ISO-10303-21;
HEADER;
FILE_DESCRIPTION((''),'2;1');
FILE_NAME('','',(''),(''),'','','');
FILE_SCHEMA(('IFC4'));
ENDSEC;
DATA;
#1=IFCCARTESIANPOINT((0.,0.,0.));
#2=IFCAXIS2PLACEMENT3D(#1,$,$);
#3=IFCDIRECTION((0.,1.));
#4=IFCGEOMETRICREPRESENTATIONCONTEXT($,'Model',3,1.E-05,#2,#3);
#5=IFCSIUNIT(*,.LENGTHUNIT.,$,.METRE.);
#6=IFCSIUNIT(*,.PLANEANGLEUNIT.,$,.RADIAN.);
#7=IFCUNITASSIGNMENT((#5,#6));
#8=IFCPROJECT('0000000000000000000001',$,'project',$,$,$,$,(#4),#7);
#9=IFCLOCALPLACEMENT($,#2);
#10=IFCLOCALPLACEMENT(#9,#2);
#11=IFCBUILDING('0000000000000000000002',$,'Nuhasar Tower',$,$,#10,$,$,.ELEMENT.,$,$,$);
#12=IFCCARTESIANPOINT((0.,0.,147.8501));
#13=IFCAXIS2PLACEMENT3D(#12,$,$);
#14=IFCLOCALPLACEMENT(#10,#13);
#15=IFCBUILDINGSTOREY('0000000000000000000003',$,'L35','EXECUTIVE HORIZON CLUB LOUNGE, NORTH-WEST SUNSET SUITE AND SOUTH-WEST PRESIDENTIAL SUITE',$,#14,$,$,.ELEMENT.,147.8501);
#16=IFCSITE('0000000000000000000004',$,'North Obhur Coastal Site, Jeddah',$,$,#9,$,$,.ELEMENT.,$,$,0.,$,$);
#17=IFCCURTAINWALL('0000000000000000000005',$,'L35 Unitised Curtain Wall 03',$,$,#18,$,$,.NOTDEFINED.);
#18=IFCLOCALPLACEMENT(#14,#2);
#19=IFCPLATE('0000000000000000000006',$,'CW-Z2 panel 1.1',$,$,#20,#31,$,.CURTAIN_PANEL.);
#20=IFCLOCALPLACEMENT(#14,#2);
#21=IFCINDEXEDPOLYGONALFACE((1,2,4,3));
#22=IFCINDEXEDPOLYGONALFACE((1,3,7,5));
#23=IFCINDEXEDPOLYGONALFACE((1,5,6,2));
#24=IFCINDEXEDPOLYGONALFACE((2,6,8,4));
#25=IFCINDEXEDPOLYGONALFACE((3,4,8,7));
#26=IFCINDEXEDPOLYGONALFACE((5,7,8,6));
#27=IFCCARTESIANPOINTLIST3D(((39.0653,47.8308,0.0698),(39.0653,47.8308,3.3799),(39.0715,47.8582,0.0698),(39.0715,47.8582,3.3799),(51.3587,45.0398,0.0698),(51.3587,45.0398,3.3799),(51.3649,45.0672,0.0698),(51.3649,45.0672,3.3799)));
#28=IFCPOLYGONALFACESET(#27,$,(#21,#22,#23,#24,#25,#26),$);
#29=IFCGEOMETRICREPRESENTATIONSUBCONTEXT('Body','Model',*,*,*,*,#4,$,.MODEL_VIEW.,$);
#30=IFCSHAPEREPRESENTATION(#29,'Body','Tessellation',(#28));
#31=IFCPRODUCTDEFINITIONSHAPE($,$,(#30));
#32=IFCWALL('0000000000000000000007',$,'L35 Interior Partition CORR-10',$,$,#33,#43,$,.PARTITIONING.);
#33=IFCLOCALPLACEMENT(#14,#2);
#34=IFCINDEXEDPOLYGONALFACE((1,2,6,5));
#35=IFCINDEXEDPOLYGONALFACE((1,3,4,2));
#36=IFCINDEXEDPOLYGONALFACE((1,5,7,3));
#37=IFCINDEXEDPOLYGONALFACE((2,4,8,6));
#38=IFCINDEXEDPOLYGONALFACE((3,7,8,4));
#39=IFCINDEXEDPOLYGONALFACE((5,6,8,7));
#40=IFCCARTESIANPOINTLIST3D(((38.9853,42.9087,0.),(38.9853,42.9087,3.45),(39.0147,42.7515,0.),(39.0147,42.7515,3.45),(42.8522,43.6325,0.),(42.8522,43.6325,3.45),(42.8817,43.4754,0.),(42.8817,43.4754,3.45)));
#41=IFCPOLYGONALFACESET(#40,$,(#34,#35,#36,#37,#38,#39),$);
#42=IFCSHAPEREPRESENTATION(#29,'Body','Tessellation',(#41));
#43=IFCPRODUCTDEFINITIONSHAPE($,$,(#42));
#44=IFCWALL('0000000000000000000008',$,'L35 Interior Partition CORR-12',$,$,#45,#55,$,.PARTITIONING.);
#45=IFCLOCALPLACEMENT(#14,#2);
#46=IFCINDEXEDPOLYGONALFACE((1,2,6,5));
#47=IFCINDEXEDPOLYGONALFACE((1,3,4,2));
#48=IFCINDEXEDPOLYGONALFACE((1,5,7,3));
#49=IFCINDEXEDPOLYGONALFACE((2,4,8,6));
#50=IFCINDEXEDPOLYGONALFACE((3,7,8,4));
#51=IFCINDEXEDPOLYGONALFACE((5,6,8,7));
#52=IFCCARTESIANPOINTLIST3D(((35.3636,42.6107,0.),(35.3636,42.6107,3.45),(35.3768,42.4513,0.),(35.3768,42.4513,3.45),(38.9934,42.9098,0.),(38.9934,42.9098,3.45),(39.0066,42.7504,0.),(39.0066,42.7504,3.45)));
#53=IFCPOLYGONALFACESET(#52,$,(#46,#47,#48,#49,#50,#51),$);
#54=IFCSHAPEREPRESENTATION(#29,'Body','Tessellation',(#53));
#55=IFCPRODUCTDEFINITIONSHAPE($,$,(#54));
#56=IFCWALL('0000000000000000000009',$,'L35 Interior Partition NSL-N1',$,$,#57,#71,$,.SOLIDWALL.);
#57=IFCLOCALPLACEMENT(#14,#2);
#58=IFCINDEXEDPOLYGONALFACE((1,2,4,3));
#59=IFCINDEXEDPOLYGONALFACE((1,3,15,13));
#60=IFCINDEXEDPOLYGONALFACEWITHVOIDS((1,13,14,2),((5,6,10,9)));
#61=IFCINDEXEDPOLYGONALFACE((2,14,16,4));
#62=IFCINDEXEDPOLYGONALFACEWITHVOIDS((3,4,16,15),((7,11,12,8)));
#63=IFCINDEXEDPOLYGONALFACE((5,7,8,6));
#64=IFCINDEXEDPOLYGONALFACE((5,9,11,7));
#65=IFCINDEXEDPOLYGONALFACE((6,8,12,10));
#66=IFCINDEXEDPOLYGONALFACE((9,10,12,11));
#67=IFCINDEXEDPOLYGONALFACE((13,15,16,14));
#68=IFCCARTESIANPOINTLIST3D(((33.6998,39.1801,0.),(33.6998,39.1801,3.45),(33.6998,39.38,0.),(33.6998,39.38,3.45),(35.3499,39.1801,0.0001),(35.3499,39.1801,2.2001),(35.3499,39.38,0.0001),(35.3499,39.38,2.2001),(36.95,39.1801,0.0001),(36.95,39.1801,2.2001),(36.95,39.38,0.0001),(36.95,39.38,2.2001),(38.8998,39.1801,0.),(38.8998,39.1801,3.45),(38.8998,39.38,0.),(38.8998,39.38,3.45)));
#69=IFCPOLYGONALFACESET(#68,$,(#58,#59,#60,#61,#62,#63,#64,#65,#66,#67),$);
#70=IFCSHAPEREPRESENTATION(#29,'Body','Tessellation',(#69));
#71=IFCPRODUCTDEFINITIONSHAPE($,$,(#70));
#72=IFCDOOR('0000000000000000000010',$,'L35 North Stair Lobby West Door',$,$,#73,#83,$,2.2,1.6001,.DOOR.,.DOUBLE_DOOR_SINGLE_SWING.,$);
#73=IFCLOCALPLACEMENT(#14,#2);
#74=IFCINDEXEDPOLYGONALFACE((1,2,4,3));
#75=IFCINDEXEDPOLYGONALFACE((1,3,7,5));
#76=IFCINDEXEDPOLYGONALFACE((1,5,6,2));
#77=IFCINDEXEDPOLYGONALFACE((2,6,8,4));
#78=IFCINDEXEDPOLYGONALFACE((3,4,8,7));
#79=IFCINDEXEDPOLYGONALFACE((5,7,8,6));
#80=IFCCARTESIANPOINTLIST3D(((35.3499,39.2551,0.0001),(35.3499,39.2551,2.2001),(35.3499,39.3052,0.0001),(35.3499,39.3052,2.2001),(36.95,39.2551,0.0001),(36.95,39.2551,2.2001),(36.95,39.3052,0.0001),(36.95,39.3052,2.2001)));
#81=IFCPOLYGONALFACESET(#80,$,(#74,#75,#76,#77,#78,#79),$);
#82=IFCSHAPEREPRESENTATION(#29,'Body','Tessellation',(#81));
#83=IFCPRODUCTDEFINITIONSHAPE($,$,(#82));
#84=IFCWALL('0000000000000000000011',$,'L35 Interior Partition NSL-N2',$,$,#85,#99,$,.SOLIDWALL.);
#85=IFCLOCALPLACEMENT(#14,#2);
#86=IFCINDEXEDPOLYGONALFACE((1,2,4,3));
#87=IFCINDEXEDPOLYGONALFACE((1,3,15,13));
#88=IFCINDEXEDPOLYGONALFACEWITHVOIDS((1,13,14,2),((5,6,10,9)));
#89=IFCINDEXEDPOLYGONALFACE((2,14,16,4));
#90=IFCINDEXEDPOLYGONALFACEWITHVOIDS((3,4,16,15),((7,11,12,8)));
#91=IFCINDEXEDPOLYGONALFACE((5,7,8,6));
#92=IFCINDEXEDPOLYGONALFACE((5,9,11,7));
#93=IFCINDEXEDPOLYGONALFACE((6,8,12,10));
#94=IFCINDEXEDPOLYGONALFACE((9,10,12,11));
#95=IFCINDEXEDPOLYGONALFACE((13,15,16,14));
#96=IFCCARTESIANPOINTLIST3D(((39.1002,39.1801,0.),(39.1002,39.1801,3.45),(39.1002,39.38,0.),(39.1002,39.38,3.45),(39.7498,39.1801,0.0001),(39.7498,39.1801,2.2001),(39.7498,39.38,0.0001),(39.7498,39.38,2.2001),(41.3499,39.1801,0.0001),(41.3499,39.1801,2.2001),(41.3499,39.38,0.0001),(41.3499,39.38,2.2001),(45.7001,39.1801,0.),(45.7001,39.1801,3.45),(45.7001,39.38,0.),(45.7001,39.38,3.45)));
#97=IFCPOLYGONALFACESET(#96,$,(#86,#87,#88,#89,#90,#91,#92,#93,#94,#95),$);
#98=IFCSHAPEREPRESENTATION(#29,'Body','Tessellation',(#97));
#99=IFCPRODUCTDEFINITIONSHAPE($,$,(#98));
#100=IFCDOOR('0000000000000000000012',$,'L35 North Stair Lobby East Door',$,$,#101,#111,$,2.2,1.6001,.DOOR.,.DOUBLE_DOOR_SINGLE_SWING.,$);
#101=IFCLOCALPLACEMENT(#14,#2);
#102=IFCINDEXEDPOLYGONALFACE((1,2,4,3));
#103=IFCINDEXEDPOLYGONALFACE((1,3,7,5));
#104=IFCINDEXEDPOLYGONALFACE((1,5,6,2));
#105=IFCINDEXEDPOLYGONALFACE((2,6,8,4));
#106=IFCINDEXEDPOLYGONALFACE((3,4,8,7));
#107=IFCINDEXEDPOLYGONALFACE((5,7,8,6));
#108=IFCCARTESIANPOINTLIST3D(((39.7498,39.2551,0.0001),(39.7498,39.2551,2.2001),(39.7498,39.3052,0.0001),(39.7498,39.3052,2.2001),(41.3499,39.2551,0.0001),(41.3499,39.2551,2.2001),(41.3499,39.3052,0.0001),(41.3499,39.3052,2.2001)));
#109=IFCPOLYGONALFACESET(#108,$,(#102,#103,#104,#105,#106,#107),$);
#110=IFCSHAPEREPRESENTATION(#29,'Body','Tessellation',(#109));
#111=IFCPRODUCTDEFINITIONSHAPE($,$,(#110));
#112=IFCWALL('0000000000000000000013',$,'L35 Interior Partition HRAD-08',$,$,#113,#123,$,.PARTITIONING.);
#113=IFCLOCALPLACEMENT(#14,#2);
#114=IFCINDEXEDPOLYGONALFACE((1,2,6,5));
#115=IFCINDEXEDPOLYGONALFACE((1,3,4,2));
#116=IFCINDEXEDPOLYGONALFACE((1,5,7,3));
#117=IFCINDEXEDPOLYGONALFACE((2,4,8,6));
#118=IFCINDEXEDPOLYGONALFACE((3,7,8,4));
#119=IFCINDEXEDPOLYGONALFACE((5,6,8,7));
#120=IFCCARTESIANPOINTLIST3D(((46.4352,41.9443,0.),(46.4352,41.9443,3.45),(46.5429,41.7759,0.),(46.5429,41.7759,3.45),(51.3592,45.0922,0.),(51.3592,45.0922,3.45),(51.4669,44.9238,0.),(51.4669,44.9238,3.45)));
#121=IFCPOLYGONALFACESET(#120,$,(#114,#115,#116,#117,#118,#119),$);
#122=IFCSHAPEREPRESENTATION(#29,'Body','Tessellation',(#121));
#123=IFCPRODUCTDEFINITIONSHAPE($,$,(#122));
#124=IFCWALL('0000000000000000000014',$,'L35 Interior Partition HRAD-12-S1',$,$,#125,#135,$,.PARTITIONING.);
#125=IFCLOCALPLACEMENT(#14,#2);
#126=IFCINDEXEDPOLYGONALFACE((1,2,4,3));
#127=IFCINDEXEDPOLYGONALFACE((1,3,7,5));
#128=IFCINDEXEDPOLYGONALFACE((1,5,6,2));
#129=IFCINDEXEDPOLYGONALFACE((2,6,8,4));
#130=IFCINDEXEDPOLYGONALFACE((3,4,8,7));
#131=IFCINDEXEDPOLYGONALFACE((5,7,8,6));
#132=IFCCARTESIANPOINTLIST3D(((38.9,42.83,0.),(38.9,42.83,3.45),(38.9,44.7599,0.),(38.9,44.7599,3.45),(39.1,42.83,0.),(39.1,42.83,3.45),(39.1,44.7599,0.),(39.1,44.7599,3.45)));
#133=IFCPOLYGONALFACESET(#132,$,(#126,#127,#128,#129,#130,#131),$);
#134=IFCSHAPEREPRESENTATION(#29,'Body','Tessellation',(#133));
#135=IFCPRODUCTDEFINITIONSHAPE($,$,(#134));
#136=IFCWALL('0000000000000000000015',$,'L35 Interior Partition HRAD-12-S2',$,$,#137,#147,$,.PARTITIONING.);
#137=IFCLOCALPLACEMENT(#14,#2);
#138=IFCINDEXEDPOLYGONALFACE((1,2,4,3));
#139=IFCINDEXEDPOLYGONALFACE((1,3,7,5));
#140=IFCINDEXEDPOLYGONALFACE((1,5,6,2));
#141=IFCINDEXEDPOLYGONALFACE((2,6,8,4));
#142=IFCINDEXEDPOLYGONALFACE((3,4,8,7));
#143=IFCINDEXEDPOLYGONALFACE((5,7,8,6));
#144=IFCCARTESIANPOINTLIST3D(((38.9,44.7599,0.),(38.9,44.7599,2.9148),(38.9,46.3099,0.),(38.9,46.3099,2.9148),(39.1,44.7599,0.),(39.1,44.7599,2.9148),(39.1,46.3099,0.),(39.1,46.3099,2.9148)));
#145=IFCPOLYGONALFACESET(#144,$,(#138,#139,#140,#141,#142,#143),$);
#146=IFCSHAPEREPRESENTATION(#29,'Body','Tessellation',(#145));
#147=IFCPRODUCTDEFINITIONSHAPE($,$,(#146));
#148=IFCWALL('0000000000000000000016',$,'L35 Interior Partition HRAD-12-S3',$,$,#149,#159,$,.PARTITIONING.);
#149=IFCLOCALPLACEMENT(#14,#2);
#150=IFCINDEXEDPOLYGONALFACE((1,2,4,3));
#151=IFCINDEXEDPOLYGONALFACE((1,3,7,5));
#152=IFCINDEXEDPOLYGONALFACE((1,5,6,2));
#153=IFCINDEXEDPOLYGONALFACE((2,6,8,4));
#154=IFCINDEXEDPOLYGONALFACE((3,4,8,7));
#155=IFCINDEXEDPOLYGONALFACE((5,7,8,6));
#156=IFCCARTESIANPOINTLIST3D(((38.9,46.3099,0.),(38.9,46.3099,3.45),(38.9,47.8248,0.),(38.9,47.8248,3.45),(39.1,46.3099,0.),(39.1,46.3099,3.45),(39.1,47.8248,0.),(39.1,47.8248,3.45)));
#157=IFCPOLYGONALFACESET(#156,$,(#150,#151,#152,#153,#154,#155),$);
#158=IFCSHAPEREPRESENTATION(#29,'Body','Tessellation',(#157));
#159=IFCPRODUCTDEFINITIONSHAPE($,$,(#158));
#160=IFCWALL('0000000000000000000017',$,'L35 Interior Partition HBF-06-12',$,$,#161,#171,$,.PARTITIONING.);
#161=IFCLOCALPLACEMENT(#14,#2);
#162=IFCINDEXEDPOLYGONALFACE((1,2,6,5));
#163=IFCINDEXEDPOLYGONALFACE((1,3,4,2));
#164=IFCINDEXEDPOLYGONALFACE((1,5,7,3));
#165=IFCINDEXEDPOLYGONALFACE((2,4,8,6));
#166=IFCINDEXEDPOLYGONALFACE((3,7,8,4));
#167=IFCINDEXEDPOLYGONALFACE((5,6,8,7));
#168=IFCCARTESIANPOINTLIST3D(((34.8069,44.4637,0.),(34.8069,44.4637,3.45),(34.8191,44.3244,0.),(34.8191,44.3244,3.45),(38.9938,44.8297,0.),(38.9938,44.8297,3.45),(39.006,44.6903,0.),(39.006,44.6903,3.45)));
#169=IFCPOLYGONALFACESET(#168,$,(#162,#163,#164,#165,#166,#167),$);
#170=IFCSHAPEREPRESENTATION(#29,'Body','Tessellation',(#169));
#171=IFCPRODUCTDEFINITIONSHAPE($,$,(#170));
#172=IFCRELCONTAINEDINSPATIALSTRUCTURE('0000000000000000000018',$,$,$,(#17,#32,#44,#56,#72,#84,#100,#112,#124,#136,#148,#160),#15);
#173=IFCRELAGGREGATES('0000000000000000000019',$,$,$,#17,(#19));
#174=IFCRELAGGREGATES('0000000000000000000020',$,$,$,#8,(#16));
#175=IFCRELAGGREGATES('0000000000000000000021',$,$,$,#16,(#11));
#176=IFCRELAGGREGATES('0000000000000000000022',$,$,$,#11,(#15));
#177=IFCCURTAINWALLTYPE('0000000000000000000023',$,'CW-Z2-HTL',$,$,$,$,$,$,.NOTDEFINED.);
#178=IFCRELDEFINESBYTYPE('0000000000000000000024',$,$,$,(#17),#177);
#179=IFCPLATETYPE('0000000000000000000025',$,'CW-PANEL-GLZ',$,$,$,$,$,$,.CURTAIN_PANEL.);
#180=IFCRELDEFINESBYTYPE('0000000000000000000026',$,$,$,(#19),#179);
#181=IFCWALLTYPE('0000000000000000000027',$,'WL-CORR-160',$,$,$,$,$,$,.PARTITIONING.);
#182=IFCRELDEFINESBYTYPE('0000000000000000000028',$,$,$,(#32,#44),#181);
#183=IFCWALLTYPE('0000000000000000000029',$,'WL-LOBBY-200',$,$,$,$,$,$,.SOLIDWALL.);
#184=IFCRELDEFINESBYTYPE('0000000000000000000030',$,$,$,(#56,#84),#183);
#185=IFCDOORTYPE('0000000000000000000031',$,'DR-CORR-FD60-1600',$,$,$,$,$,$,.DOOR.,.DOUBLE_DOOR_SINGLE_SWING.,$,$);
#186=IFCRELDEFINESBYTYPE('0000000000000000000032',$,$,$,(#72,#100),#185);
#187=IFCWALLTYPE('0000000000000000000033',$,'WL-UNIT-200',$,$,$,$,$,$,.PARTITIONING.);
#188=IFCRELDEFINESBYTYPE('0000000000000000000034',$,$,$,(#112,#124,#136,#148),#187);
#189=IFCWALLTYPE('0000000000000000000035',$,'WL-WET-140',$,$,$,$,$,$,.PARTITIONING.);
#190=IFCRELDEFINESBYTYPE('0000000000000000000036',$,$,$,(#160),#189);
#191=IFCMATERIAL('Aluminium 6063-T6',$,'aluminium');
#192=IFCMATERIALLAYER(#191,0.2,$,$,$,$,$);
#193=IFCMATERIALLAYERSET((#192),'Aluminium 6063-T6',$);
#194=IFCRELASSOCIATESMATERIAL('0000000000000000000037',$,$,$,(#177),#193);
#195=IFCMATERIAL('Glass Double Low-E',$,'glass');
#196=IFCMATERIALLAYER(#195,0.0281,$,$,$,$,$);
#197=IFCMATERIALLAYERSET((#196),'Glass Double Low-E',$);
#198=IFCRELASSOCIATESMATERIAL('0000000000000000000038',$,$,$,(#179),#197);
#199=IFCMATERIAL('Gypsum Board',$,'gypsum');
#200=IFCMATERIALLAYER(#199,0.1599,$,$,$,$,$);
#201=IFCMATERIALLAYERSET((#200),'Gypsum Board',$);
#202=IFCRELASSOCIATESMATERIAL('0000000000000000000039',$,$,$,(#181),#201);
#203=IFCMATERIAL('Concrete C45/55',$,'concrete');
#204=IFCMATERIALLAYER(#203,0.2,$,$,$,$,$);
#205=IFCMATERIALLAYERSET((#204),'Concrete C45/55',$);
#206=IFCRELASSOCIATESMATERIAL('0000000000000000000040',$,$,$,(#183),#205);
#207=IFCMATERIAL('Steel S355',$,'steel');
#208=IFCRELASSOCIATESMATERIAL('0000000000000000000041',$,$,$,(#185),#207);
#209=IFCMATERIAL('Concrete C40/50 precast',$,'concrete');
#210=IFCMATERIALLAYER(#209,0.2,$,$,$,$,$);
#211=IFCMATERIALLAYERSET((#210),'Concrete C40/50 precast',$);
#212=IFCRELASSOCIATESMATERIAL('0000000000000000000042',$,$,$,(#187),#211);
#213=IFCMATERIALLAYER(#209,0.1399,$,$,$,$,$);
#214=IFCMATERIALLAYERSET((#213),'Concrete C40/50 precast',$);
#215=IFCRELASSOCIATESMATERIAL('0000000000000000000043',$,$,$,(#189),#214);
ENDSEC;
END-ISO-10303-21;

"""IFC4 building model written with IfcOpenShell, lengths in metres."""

from ifc_helpers import new_model, si_unit, direction, frame, frame_2d, origin, origin_2d, place, context, subcontext, project, spatial, rectangle, extrude, material, layer, layer_set, type_object, element, fill, aggregate, save


model = new_model("IFC4")

# Units and contexts
model_context = context("Model", 3, precision=1e-05, world=origin(), true_north=direction((0.0, 1.0)))
body_context = subcontext(model_context, "Body", "Model", "MODEL_VIEW")
ifc_project = project(units=[si_unit("LENGTHUNIT", "METRE"), si_unit("PLANEANGLEUNIT", "RADIAN")], contexts=[model_context])

# Site, building, storey
site_placement = place(None, origin())
site = spatial("IfcSite", under=ifc_project, at=site_placement, Name="North Obhur Coastal Site, Jeddah", CompositionType="ELEMENT", RefElevation=0.0)
building_placement = place(site_placement, origin())
building = spatial("IfcBuilding", under=site, at=building_placement, Name="Nuhasar Tower", CompositionType="ELEMENT")
storey_placement = place(building_placement, frame((0.0, 0.0, 147.8501)))
storey = spatial("IfcBuildingStorey", under=building, at=storey_placement, Name="L35", Description="EXECUTIVE HORIZON CLUB LOUNGE, NORTH-WEST SUNSET SUITE AND SOUTH-WEST PRESIDENTIAL SUITE", CompositionType="ELEMENT", Elevation=147.8501)

# Shared definitions
ifc_material_1 = material(Name="Steel S355", Category="steel")

# Curtain wall
ifc_material_2 = material(Name="Aluminium 6063-T6", Category="aluminium")
ifc_layer_1 = layer(ifc_material_2, 0.2)
ifc_layer_set_1 = layer_set([ifc_layer_1], Name="Aluminium 6063-T6")
curtain_wall_type = type_object("IfcCurtainWallType", Name="CW-Z2-HTL", PredefinedType="NOTDEFINED", material=ifc_layer_set_1)
curtain_wall_1_placement = place(storey_placement, origin())
curtain_wall_1 = element("IfcCurtainWall", 1, at=curtain_wall_1_placement, inside=storey, type_object=curtain_wall_type, Name="L35 Unitised Curtain Wall 03", PredefinedType="NOTDEFINED")

# Plate
ifc_material_3 = material(Name="Glass Double Low-E", Category="glass")
ifc_layer_2 = layer(ifc_material_3, 0.0281)
ifc_layer_set_2 = layer_set([ifc_layer_2], Name="Glass Double Low-E")
plate_type = type_object("IfcPlateType", Name="CW-PANEL-GLZ", PredefinedType="CURTAIN_PANEL", material=ifc_layer_set_2)
plate_placement = place(storey_placement, frame((45.2151, 46.449, 0.0698), z_axis=(0.0, 0.0, 1.0), x_axis=(-0.975184, 0.221397, 0.0)))
plate = element("IfcPlate", 2, at=plate_placement, type_object=plate_type, Name="CW-Z2 panel 1.1", PredefinedType="CURTAIN_PANEL", context=body_context, shape_type="SweptSolid", body=[
    extrude(rectangle(XDim=12.6062, YDim=0.0281, at=origin_2d()), origin(), (0.0, 0.0, 1.0), 3.3101),
])
aggregate(curtain_wall_1, [plate])

# Shared definitions
ifc_material_4 = material(Name="Gypsum Board", Category="gypsum")
ifc_layer_3 = layer(ifc_material_4, 0.1599)
ifc_layer_set_3 = layer_set([ifc_layer_3], Name="Gypsum Board")
wall_type_1 = type_object("IfcWallType", Name="WL-CORR-160", PredefinedType="PARTITIONING", material=ifc_layer_set_3)

# Walls
wall_1_placement = place(storey_placement, frame((42.8669, 43.554, 0.0), z_axis=(0.0, 0.0, 1.0), x_axis=(-0.982926, -0.184, 0.0)))
element("IfcWall", 3, at=wall_1_placement, inside=storey, type_object=wall_type_1, Name="L35 Interior Partition CORR-10", PredefinedType="PARTITIONING", context=body_context, shape_type="SweptSolid", body=[
    extrude(rectangle(XDim=3.9341, YDim=0.1599, at=frame_2d((1.967, 0.0))), origin(), (0.0, 0.0, 1.0), 3.45),
])
wall_2_placement = place(storey_placement, frame((39.0, 42.8301, 0.0), z_axis=(0.0, 0.0, 1.0), x_axis=(-0.996623, -0.082113, 0.0)))
element("IfcWall", 4, at=wall_2_placement, inside=storey, type_object=wall_type_1, Name="L35 Interior Partition CORR-12", PredefinedType="PARTITIONING", context=body_context, shape_type="SweptSolid", body=[
    extrude(rectangle(XDim=3.6421, YDim=0.1599, at=frame_2d((1.821, 0.0))), origin(), (0.0, 0.0, 1.0), 3.45),
])

# Walls, openings, doors
ifc_material_5 = material(Name="Concrete C45/55", Category="concrete")
ifc_layer_4 = layer(ifc_material_5, 0.2)
ifc_layer_set_4 = layer_set([ifc_layer_4], Name="Concrete C45/55")
wall_type_2 = type_object("IfcWallType", Name="WL-LOBBY-200", PredefinedType="SOLIDWALL", material=ifc_layer_set_4)
wall_3_placement = place(storey_placement, frame((38.8999, 39.28, 0.0), z_axis=(0.0, 0.0, 1.0), x_axis=(-1.0, 0.0, 0.0)))
wall_3 = element("IfcWall", 5, at=wall_3_placement, inside=storey, type_object=wall_type_2, Name="L35 Interior Partition NSL-N1", PredefinedType="SOLIDWALL", context=body_context, shape_type="SweptSolid", body=[
    extrude(rectangle(XDim=5.2, YDim=0.2, at=frame_2d((2.6001, 0.0))), origin(), (0.0, 0.0, 1.0), 3.45),
])
opening_1_placement = place(wall_3_placement, frame((1.95, 0.0, 0.0)))
opening_1 = element("IfcOpeningElement", 6, at=opening_1_placement, cuts=wall_3, PredefinedType="OPENING", context=body_context, shape_type="SweptSolid", body=[
    extrude(rectangle(XDim=1.6001, YDim=2.2, at=frame_2d((0.8, 1.1001))), frame((0.0, 0.1099, 0.0), z_axis=(0.0, -1.0, 0.0), x_axis=(1.0, 0.0, 0.0)), (0.0, 0.0, 1.0), 0.22),
])
door_type_1 = type_object("IfcDoorType", Name="DR-CORR-FD60-1600", OperationType="DOUBLE_DOOR_SINGLE_SWING", PredefinedType="DOOR", material=ifc_material_1)
door_1_placement = place(opening_1_placement, origin())
door_1 = element("IfcDoor", 7, at=door_1_placement, inside=storey, type_object=door_type_1, Name="L35 North Stair Lobby West Door", OperationType="DOUBLE_DOOR_SINGLE_SWING", OverallHeight=2.2, OverallWidth=1.6001, PredefinedType="DOOR", context=body_context, shape_type="SweptSolid", body=[
    extrude(rectangle(XDim=1.6001, YDim=2.2, at=frame_2d((0.8, 1.1001))), frame((0.0, 0.0249, 0.0), z_axis=(0.0, -1.0, 0.0), x_axis=(1.0, 0.0, 0.0)), (0.0, 0.0, 1.0), 0.05),
])
fill(opening_1, door_1)
wall_4_placement = place(storey_placement, frame((45.7, 39.28, 0.0), z_axis=(0.0, 0.0, 1.0), x_axis=(-1.0, 0.0, 0.0)))
wall_4 = element("IfcWall", 8, at=wall_4_placement, inside=storey, type_object=wall_type_2, Name="L35 Interior Partition NSL-N2", PredefinedType="SOLIDWALL", context=body_context, shape_type="SweptSolid", body=[
    extrude(rectangle(XDim=6.5999, YDim=0.2, at=frame_2d((3.2998, 0.0))), origin(), (0.0, 0.0, 1.0), 3.45),
])
opening_2_placement = place(wall_4_placement, frame((4.3501, 0.0, 0.0)))
opening_2 = element("IfcOpeningElement", 9, at=opening_2_placement, cuts=wall_4, PredefinedType="OPENING", context=body_context, shape_type="SweptSolid", body=[
    extrude(rectangle(XDim=1.6001, YDim=2.2, at=frame_2d((0.8, 1.1001))), frame((0.0, 0.1099, 0.0), z_axis=(0.0, -1.0, 0.0), x_axis=(1.0, 0.0, 0.0)), (0.0, 0.0, 1.0), 0.22),
])
door_2_placement = place(opening_2_placement, origin())
door_2 = element("IfcDoor", 10, at=door_2_placement, inside=storey, type_object=door_type_1, Name="L35 North Stair Lobby East Door", OperationType="DOUBLE_DOOR_SINGLE_SWING", OverallHeight=2.2, OverallWidth=1.6001, PredefinedType="DOOR", context=body_context, shape_type="SweptSolid", body=[
    extrude(rectangle(XDim=1.6001, YDim=2.2, at=frame_2d((0.8, 1.1001))), frame((0.0, 0.0249, 0.0), z_axis=(0.0, -1.0, 0.0), x_axis=(1.0, 0.0, 0.0)), (0.0, 0.0, 1.0), 0.05),
])
fill(opening_2, door_2)

# Walls
ifc_material_6 = material(Name="Concrete C40/50 precast", Category="concrete")
ifc_layer_5 = layer(ifc_material_6, 0.2)
ifc_layer_set_5 = layer_set([ifc_layer_5], Name="Concrete C40/50 precast")
wall_type_3 = type_object("IfcWallType", Name="WL-UNIT-200", PredefinedType="PARTITIONING", material=ifc_layer_set_5)
wall_5_placement = place(storey_placement, frame((46.489, 41.8601, 0.0), z_axis=(0.0, 0.0, 1.0), x_axis=(0.84254, 0.538634, 0.0)))
element("IfcWall", 11, at=wall_5_placement, inside=storey, type_object=wall_type_3, Name="L35 Interior Partition HRAD-08", PredefinedType="PARTITIONING", context=body_context, shape_type="SweptSolid", body=[
    extrude(rectangle(XDim=5.8442, YDim=0.2, at=frame_2d((2.9221, 0.0))), origin(), (0.0, 0.0, 1.0), 3.45),
])
wall_6_placement = place(storey_placement, frame((39.0, 42.8301, 0.0), z_axis=(0.0, 0.0, 1.0), x_axis=(0.0, 1.0, 0.0)))
element("IfcWall", 12, at=wall_6_placement, inside=storey, type_object=wall_type_3, Name="L35 Interior Partition HRAD-12-S1", PredefinedType="PARTITIONING", context=body_context, shape_type="SweptSolid", body=[
    extrude(rectangle(XDim=1.9299, YDim=0.2, at=frame_2d((0.9648, 0.0))), origin(), (0.0, 0.0, 1.0), 3.45),
])
wall_7_placement = place(storey_placement, frame((39.0, 44.76, 0.0), z_axis=(0.0, 0.0, 1.0), x_axis=(0.0, 1.0, 0.0)))
element("IfcWall", 13, at=wall_7_placement, inside=storey, type_object=wall_type_3, Name="L35 Interior Partition HRAD-12-S2", PredefinedType="PARTITIONING", context=body_context, shape_type="SweptSolid", body=[
    extrude(rectangle(XDim=1.55, YDim=0.2, at=frame_2d((0.7749, 0.0))), origin(), (0.0, 0.0, 1.0), 2.9148),
])
wall_8_placement = place(storey_placement, frame((39.0, 46.3101, 0.0), z_axis=(0.0, 0.0, 1.0), x_axis=(0.0, 1.0, 0.0)))
element("IfcWall", 14, at=wall_8_placement, inside=storey, type_object=wall_type_3, Name="L35 Interior Partition HRAD-12-S3", PredefinedType="PARTITIONING", context=body_context, shape_type="SweptSolid", body=[
    extrude(rectangle(XDim=1.5149, YDim=0.2, at=frame_2d((0.7573, 0.0))), origin(), (0.0, 0.0, 1.0), 3.45),
])
ifc_layer_6 = layer(ifc_material_6, 0.1399)
ifc_layer_set_6 = layer_set([ifc_layer_6], Name="Concrete C40/50 precast")
wall_type_4 = type_object("IfcWallType", Name="WL-WET-140", PredefinedType="PARTITIONING", material=ifc_layer_set_6)
wall_9_placement = place(storey_placement, frame((39.0, 44.76, 0.0), z_axis=(0.0, 0.0, 1.0), x_axis=(-0.996202, -0.087073, 0.0)))
element("IfcWall", 15, at=wall_9_placement, inside=storey, type_object=wall_type_4, Name="L35 Interior Partition HBF-06-12", PredefinedType="PARTITIONING", context=body_context, shape_type="SweptSolid", body=[
    extrude(rectangle(XDim=4.2029, YDim=0.1399, at=frame_2d((2.1016, 0.0))), origin(), (0.0, 0.0, 1.0), 3.45),
])

save(model, "model.ifc")
